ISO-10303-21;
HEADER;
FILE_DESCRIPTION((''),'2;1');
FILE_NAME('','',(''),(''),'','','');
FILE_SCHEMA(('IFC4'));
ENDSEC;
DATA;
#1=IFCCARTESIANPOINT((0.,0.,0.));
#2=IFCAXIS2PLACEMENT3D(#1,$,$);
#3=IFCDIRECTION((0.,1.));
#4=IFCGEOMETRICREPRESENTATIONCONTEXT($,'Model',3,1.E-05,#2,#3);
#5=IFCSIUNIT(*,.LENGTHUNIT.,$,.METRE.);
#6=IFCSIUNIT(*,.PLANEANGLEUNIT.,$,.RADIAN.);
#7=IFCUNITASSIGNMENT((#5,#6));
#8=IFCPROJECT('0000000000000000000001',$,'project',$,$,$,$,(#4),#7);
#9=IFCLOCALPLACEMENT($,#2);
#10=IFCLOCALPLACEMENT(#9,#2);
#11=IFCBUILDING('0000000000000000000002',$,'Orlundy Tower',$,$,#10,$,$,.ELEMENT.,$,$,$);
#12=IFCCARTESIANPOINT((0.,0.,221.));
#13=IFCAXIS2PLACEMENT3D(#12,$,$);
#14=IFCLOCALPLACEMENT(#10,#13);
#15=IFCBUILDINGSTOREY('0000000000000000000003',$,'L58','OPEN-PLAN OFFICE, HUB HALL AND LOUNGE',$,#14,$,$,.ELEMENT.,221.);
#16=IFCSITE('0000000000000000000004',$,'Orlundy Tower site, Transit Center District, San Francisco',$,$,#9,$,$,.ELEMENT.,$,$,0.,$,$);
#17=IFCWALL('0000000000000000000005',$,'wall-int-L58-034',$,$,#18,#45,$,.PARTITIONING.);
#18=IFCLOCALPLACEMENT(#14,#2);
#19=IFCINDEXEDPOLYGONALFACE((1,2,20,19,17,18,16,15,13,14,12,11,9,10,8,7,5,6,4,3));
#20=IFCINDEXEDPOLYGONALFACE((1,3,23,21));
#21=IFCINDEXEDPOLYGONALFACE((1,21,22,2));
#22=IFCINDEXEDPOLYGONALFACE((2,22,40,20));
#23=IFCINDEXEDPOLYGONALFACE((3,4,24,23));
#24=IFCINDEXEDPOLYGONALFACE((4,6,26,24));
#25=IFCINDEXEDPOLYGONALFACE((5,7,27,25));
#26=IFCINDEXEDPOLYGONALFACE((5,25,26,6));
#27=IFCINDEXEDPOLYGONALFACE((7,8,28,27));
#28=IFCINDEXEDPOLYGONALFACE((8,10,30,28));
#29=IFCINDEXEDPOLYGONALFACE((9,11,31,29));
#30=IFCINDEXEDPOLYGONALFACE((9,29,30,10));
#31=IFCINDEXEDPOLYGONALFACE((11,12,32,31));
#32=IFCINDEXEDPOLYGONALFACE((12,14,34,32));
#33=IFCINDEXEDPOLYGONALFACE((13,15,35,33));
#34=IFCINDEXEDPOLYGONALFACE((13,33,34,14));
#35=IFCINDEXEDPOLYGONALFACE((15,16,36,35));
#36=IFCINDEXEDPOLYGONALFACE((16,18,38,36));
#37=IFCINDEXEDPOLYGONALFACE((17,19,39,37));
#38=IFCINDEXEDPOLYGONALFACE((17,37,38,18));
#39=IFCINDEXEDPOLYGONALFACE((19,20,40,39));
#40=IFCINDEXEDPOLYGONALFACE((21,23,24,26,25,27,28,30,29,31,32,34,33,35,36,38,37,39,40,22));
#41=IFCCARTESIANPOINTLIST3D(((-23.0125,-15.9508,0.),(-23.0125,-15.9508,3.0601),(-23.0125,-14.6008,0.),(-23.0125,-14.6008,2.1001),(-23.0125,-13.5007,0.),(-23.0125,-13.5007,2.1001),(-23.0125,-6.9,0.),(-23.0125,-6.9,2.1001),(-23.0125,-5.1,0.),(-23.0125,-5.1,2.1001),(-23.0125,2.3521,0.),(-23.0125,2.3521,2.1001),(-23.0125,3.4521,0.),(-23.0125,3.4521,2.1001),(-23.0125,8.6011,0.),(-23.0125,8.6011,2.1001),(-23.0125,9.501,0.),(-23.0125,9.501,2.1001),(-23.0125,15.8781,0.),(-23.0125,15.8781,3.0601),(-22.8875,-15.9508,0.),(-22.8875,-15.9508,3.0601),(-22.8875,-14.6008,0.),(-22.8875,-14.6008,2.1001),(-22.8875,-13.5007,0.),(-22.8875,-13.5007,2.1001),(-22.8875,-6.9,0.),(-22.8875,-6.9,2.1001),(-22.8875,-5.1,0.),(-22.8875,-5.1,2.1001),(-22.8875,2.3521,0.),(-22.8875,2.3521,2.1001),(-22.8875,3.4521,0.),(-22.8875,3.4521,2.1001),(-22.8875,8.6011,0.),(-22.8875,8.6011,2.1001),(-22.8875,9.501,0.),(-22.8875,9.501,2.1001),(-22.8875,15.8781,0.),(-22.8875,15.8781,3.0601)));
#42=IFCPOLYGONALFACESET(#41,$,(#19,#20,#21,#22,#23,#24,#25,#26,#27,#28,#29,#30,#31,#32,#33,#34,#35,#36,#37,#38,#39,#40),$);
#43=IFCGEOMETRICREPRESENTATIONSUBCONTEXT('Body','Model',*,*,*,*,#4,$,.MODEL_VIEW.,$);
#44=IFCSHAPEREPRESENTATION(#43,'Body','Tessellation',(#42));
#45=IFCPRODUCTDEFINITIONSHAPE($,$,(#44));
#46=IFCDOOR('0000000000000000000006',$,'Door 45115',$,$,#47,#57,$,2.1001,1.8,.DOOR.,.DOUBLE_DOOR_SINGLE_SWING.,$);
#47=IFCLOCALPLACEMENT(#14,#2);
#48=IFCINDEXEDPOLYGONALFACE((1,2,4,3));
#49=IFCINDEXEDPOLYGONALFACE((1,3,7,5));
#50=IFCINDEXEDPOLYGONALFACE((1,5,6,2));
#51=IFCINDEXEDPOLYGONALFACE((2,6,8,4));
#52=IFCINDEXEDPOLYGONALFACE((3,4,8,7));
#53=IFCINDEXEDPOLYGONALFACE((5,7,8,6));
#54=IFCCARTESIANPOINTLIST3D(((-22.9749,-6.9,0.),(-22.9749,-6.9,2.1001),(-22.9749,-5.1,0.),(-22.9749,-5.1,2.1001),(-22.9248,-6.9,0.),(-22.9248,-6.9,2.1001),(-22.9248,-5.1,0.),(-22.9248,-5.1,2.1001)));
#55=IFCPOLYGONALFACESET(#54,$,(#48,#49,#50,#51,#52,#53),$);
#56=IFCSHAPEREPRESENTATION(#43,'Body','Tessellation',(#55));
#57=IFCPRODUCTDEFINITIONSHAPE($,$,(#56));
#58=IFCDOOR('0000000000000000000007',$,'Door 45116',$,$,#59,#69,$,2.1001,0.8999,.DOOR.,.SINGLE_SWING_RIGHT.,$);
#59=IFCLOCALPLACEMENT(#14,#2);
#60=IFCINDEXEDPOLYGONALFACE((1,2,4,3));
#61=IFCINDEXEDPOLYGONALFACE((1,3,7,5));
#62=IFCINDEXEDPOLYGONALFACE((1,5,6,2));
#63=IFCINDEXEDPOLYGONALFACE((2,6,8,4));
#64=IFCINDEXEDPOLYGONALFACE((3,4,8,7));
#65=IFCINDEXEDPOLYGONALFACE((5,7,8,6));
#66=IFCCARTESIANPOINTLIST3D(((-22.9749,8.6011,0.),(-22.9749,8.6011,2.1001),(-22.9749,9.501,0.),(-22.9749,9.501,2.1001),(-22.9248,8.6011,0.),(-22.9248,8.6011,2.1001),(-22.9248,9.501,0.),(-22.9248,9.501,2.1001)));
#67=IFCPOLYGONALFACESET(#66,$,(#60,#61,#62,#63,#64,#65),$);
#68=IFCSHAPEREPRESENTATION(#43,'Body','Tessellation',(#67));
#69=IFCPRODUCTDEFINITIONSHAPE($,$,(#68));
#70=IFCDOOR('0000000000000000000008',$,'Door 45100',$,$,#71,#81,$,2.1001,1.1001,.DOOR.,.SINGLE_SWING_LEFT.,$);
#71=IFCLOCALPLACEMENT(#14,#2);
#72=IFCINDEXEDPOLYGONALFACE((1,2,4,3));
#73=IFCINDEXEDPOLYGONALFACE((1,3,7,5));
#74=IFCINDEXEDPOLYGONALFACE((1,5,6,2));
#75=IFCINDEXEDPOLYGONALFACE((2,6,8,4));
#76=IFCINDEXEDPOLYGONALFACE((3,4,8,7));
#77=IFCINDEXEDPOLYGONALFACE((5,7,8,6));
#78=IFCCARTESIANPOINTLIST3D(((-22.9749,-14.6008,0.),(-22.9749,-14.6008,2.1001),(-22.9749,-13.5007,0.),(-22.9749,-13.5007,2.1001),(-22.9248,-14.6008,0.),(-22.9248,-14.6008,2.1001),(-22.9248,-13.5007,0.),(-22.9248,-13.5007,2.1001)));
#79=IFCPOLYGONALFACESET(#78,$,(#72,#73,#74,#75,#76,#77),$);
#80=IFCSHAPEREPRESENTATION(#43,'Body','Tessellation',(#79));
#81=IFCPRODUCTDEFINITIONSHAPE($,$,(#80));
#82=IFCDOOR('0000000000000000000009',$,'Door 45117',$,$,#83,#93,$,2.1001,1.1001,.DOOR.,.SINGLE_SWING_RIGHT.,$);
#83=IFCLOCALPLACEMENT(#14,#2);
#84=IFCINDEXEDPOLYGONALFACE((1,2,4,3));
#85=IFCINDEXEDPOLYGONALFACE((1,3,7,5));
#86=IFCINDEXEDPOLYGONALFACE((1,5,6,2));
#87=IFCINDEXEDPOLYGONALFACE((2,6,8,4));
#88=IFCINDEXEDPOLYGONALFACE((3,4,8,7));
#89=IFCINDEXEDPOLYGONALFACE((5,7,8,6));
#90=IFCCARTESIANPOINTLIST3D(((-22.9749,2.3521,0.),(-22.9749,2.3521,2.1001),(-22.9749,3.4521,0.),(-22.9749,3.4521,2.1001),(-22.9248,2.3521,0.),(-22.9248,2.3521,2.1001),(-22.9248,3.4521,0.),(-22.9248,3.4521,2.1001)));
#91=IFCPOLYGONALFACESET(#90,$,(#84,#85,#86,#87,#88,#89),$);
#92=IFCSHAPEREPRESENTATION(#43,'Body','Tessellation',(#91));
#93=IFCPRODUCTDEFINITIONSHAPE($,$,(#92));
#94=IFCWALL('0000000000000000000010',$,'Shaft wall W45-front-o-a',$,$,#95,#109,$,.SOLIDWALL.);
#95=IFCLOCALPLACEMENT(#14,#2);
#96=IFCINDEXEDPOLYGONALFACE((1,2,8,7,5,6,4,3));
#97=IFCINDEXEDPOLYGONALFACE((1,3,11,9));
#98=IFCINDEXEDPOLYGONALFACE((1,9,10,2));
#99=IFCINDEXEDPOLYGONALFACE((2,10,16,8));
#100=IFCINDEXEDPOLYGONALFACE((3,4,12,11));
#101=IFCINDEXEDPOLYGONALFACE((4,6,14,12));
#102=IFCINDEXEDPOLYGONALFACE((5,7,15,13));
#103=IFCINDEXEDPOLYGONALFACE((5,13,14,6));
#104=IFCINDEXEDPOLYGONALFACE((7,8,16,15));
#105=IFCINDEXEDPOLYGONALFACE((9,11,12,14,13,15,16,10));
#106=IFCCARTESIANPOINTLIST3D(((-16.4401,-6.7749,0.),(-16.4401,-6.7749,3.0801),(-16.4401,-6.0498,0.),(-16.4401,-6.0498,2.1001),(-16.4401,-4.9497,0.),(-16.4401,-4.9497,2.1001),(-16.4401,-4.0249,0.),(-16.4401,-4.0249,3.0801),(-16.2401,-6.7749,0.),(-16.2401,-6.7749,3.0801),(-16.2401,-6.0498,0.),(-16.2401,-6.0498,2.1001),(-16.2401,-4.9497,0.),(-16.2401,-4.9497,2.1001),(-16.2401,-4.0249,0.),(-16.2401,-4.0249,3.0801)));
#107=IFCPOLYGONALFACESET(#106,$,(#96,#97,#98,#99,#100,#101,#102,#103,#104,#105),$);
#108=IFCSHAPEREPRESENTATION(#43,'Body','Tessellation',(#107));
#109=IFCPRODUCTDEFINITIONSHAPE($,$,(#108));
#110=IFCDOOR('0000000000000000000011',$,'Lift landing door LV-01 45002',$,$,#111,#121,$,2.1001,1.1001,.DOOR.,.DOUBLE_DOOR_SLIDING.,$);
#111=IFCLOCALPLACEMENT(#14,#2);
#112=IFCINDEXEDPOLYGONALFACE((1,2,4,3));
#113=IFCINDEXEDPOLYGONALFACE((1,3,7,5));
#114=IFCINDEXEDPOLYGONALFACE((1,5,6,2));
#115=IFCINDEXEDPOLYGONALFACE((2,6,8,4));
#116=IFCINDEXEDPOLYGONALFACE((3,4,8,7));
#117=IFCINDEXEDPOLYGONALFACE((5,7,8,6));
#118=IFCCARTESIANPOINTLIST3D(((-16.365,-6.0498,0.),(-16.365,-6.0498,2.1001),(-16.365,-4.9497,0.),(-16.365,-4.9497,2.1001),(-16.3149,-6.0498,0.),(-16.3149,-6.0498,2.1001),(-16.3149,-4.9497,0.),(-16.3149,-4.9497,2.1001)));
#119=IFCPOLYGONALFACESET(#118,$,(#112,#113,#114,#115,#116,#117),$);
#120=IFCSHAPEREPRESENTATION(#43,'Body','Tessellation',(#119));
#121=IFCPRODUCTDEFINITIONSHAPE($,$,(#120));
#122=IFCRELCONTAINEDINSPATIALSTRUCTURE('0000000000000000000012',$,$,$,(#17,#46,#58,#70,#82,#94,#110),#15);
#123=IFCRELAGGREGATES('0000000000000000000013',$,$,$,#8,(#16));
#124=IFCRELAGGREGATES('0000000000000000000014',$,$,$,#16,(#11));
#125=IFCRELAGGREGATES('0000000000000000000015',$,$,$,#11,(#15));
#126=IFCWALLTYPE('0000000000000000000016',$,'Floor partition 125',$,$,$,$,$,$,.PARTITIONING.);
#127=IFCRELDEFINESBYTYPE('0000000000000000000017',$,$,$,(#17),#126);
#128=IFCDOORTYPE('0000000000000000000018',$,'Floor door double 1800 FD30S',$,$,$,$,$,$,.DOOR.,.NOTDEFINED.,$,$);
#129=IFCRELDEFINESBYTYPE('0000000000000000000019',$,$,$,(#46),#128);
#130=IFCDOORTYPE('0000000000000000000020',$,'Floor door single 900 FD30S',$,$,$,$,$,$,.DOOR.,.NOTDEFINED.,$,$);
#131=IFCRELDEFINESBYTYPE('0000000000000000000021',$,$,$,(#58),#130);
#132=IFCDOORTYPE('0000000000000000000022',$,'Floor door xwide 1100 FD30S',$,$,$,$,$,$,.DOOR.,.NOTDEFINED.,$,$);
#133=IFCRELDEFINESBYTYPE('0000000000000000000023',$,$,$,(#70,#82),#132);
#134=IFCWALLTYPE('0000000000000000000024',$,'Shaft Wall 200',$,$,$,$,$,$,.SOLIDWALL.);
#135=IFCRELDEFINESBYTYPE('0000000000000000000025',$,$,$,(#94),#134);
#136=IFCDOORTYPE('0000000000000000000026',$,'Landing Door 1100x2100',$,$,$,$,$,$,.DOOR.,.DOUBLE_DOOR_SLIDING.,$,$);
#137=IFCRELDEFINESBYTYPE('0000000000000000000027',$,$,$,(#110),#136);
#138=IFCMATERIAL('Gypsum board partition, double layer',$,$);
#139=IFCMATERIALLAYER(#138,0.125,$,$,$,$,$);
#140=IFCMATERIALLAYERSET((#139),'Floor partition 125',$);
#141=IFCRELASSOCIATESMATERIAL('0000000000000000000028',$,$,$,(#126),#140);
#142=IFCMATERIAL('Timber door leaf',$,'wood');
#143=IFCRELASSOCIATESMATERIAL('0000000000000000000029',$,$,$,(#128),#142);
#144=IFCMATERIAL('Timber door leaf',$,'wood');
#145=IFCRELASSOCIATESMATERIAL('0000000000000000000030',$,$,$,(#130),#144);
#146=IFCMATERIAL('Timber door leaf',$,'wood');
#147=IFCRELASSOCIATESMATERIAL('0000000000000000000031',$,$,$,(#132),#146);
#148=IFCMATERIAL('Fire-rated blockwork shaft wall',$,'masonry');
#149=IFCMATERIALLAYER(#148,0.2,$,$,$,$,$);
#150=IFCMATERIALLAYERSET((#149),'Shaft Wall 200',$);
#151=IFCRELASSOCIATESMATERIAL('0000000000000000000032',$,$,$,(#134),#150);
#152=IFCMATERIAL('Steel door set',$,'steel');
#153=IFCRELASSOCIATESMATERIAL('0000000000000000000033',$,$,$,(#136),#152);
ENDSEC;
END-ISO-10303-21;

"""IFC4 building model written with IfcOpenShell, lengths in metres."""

from ifc_helpers import new_model, si_unit, direction, frame, frame_2d, origin, place, context, subcontext, project, spatial, rectangle, extrude, material, layer, layer_set, type_object, element, fill, save


model = new_model("IFC4")

# Units and contexts
model_context = context("Model", 3, precision=1e-05, world=origin(), true_north=direction((0.0, 1.0)))
body_context = subcontext(model_context, "Body", "Model", "MODEL_VIEW")
ifc_project = project(units=[si_unit("LENGTHUNIT", "METRE"), si_unit("PLANEANGLEUNIT", "RADIAN")], contexts=[model_context])

# Site, building, storey
site_placement = place(None, origin())
site = spatial("IfcSite", under=ifc_project, at=site_placement, Name="Orlundy Tower site, Transit Center District, San Francisco", CompositionType="ELEMENT", RefElevation=0.0)
building_placement = place(site_placement, origin())
building = spatial("IfcBuilding", under=site, at=building_placement, Name="Orlundy Tower", CompositionType="ELEMENT")
storey_placement = place(building_placement, frame((0.0, 0.0, 221.0)))
storey = spatial("IfcBuildingStorey", under=building, at=storey_placement, Name="L58", Description="OPEN-PLAN OFFICE, HUB HALL AND LOUNGE", CompositionType="ELEMENT", Elevation=221.0)

# Wall, openings, doors
ifc_material_1 = material(Name="Gypsum board partition, double layer")
ifc_layer_1 = layer(ifc_material_1, 0.125)
ifc_layer_set_1 = layer_set([ifc_layer_1], Name="Floor partition 125")
wall_type_1 = type_object("IfcWallType", Name="Floor partition 125", PredefinedType="PARTITIONING", material=ifc_layer_set_1)
wall_1_placement = place(storey_placement, frame((-22.95, -15.9509, 0.0), z_axis=(0.0, 0.0, 1.0), x_axis=(0.0, 1.0, 0.0)))
wall_1 = element("IfcWall", 1, at=wall_1_placement, inside=storey, type_object=wall_type_1, Name="wall-int-L58-034", PredefinedType="PARTITIONING", context=body_context, shape_type="SweptSolid", body=[
    extrude(rectangle(XDim=31.8289, YDim=0.125, at=frame_2d((15.9146, 0.0))), origin(), (0.0, 0.0, 1.0), 3.0601),
])
opening_1_placement = place(wall_1_placement, frame((1.3501, 0.0, 0.0)))
opening_1 = element("IfcOpeningElement", 2, at=opening_1_placement, cuts=wall_1, PredefinedType="OPENING", context=body_context, shape_type="SweptSolid", body=[
    extrude(rectangle(XDim=1.1001, YDim=2.1001, at=frame_2d((0.55, 1.05))), frame((0.0, 0.0725, 0.0), z_axis=(0.0, -1.0, 0.0), x_axis=(1.0, 0.0, 0.0)), (0.0, 0.0, 1.0), 0.145),
])
opening_2_placement = place(wall_1_placement, frame((9.051, 0.0, 0.0)))
opening_2 = element("IfcOpeningElement", 3, at=opening_2_placement, cuts=wall_1, PredefinedType="OPENING", context=body_context, shape_type="SweptSolid", body=[
    extrude(rectangle(XDim=1.8, YDim=2.1001, at=frame_2d((0.8999, 1.05))), frame((0.0, 0.0725, 0.0), z_axis=(0.0, -1.0, 0.0), x_axis=(1.0, 0.0, 0.0)), (0.0, 0.0, 1.0), 0.145),
])
opening_3_placement = place(wall_1_placement, frame((24.552, 0.0, 0.0)))
opening_3 = element("IfcOpeningElement", 4, at=opening_3_placement, cuts=wall_1, PredefinedType="OPENING", context=body_context, shape_type="SweptSolid", body=[
    extrude(rectangle(XDim=0.8999, YDim=2.1001, at=frame_2d((0.45, 1.05))), frame((0.0, 0.0725, 0.0), z_axis=(0.0, -1.0, 0.0), x_axis=(1.0, 0.0, 0.0)), (0.0, 0.0, 1.0), 0.145),
])
opening_4_placement = place(wall_1_placement, frame((18.303, 0.0, 0.0)))
opening_4 = element("IfcOpeningElement", 5, at=opening_4_placement, cuts=wall_1, PredefinedType="OPENING", context=body_context, shape_type="SweptSolid", body=[
    extrude(rectangle(XDim=1.1001, YDim=2.1001, at=frame_2d((0.55, 1.05))), frame((0.0, 0.0725, 0.0), z_axis=(0.0, -1.0, 0.0), x_axis=(1.0, 0.0, 0.0)), (0.0, 0.0, 1.0), 0.145),
])
ifc_material_2 = material(Name="Timber door leaf", Category="wood")
door_type_1 = type_object("IfcDoorType", Name="Floor door double 1800 FD30S", OperationType="NOTDEFINED", PredefinedType="DOOR", material=ifc_material_2)
door_1_placement = place(opening_2_placement, origin())
door_1 = element("IfcDoor", 6, at=door_1_placement, inside=storey, type_object=door_type_1, Name="Door 45115", OperationType="DOUBLE_DOOR_SINGLE_SWING", OverallHeight=2.1001, OverallWidth=1.8, PredefinedType="DOOR", context=body_context, shape_type="SweptSolid", body=[
    extrude(rectangle(XDim=1.8, YDim=2.1001, at=frame_2d((0.8999, 1.05))), frame((0.0, 0.0249, 0.0), z_axis=(0.0, -1.0, 0.0), x_axis=(1.0, 0.0, 0.0)), (0.0, 0.0, 1.0), 0.05),
])
fill(opening_2, door_1)
ifc_material_3 = material(Name="Timber door leaf", Category="wood")
door_type_2 = type_object("IfcDoorType", Name="Floor door single 900 FD30S", OperationType="NOTDEFINED", PredefinedType="DOOR", material=ifc_material_3)
door_2_placement = place(opening_3_placement, origin())
door_2 = element("IfcDoor", 7, at=door_2_placement, inside=storey, type_object=door_type_2, Name="Door 45116", OperationType="SINGLE_SWING_RIGHT", OverallHeight=2.1001, OverallWidth=0.8999, PredefinedType="DOOR", context=body_context, shape_type="SweptSolid", body=[
    extrude(rectangle(XDim=0.8999, YDim=2.1001, at=frame_2d((0.45, 1.05))), frame((0.0, 0.0249, 0.0), z_axis=(0.0, -1.0, 0.0), x_axis=(1.0, 0.0, 0.0)), (0.0, 0.0, 1.0), 0.05),
])
fill(opening_3, door_2)
ifc_material_4 = material(Name="Timber door leaf", Category="wood")
door_type_3 = type_object("IfcDoorType", Name="Floor door xwide 1100 FD30S", OperationType="NOTDEFINED", PredefinedType="DOOR", material=ifc_material_4)
door_3_placement = place(opening_1_placement, origin())
door_3 = element("IfcDoor", 8, at=door_3_placement, inside=storey, type_object=door_type_3, Name="Door 45100", OperationType="SINGLE_SWING_LEFT", OverallHeight=2.1001, OverallWidth=1.1001, PredefinedType="DOOR", context=body_context, shape_type="SweptSolid", body=[
    extrude(rectangle(XDim=1.1001, YDim=2.1001, at=frame_2d((0.55, 1.05))), frame((0.0, 0.0249, 0.0), z_axis=(0.0, -1.0, 0.0), x_axis=(1.0, 0.0, 0.0)), (0.0, 0.0, 1.0), 0.05),
])
fill(opening_1, door_3)
door_4_placement = place(opening_4_placement, origin())
door_4 = element("IfcDoor", 9, at=door_4_placement, inside=storey, type_object=door_type_3, Name="Door 45117", OperationType="SINGLE_SWING_RIGHT", OverallHeight=2.1001, OverallWidth=1.1001, PredefinedType="DOOR", context=body_context, shape_type="SweptSolid", body=[
    extrude(rectangle(XDim=1.1001, YDim=2.1001, at=frame_2d((0.55, 1.05))), frame((0.0, 0.0249, 0.0), z_axis=(0.0, -1.0, 0.0), x_axis=(1.0, 0.0, 0.0)), (0.0, 0.0, 1.0), 0.05),
])
fill(opening_4, door_4)

# Wall, opening, door
ifc_material_5 = material(Name="Fire-rated blockwork shaft wall", Category="masonry")
ifc_layer_2 = layer(ifc_material_5, 0.2)
ifc_layer_set_2 = layer_set([ifc_layer_2], Name="Shaft Wall 200")
wall_type_2 = type_object("IfcWallType", Name="Shaft Wall 200", PredefinedType="SOLIDWALL", material=ifc_layer_set_2)
wall_2_placement = place(storey_placement, frame((-16.3401, -6.7749, 0.0), z_axis=(0.0, 0.0, 1.0), x_axis=(0.0, 1.0, 0.0)))
wall_2 = element("IfcWall", 10, at=wall_2_placement, inside=storey, type_object=wall_type_2, Name="Shaft wall W45-front-o-a", PredefinedType="SOLIDWALL", context=body_context, shape_type="SweptSolid", body=[
    extrude(rectangle(XDim=2.75, YDim=0.2, at=frame_2d((1.375, 0.0))), origin(), (0.0, 0.0, 1.0), 3.0801),
])
opening_5_placement = place(wall_2_placement, frame((0.7251, 0.0, 0.0)))
opening_5 = element("IfcOpeningElement", 11, at=opening_5_placement, cuts=wall_2, PredefinedType="OPENING", context=body_context, shape_type="SweptSolid", body=[
    extrude(rectangle(XDim=1.1001, YDim=2.1001, at=frame_2d((0.55, 1.05))), frame((0.0, 0.1101, 0.0), z_axis=(0.0, -1.0, 0.0), x_axis=(1.0, 0.0, 0.0)), (0.0, 0.0, 1.0), 0.2202),
])
ifc_material_6 = material(Name="Steel door set", Category="steel")
door_type_4 = type_object("IfcDoorType", Name="Landing Door 1100x2100", OperationType="DOUBLE_DOOR_SLIDING", PredefinedType="DOOR", material=ifc_material_6)
door_5_placement = place(opening_5_placement, origin())
door_5 = element("IfcDoor", 12, at=door_5_placement, inside=storey, type_object=door_type_4, Name="Lift landing door LV-01 45002", OperationType="DOUBLE_DOOR_SLIDING", OverallHeight=2.1001, OverallWidth=1.1001, PredefinedType="DOOR", context=body_context, shape_type="SweptSolid", body=[
    extrude(rectangle(XDim=1.1001, YDim=2.1001, at=frame_2d((0.55, 1.05))), frame((0.0, 0.0249, 0.0), z_axis=(0.0, -1.0, 0.0), x_axis=(1.0, 0.0, 0.0)), (0.0, 0.0, 1.0), 0.05),
])
fill(opening_5, door_5)

save(model, "model.ifc")
